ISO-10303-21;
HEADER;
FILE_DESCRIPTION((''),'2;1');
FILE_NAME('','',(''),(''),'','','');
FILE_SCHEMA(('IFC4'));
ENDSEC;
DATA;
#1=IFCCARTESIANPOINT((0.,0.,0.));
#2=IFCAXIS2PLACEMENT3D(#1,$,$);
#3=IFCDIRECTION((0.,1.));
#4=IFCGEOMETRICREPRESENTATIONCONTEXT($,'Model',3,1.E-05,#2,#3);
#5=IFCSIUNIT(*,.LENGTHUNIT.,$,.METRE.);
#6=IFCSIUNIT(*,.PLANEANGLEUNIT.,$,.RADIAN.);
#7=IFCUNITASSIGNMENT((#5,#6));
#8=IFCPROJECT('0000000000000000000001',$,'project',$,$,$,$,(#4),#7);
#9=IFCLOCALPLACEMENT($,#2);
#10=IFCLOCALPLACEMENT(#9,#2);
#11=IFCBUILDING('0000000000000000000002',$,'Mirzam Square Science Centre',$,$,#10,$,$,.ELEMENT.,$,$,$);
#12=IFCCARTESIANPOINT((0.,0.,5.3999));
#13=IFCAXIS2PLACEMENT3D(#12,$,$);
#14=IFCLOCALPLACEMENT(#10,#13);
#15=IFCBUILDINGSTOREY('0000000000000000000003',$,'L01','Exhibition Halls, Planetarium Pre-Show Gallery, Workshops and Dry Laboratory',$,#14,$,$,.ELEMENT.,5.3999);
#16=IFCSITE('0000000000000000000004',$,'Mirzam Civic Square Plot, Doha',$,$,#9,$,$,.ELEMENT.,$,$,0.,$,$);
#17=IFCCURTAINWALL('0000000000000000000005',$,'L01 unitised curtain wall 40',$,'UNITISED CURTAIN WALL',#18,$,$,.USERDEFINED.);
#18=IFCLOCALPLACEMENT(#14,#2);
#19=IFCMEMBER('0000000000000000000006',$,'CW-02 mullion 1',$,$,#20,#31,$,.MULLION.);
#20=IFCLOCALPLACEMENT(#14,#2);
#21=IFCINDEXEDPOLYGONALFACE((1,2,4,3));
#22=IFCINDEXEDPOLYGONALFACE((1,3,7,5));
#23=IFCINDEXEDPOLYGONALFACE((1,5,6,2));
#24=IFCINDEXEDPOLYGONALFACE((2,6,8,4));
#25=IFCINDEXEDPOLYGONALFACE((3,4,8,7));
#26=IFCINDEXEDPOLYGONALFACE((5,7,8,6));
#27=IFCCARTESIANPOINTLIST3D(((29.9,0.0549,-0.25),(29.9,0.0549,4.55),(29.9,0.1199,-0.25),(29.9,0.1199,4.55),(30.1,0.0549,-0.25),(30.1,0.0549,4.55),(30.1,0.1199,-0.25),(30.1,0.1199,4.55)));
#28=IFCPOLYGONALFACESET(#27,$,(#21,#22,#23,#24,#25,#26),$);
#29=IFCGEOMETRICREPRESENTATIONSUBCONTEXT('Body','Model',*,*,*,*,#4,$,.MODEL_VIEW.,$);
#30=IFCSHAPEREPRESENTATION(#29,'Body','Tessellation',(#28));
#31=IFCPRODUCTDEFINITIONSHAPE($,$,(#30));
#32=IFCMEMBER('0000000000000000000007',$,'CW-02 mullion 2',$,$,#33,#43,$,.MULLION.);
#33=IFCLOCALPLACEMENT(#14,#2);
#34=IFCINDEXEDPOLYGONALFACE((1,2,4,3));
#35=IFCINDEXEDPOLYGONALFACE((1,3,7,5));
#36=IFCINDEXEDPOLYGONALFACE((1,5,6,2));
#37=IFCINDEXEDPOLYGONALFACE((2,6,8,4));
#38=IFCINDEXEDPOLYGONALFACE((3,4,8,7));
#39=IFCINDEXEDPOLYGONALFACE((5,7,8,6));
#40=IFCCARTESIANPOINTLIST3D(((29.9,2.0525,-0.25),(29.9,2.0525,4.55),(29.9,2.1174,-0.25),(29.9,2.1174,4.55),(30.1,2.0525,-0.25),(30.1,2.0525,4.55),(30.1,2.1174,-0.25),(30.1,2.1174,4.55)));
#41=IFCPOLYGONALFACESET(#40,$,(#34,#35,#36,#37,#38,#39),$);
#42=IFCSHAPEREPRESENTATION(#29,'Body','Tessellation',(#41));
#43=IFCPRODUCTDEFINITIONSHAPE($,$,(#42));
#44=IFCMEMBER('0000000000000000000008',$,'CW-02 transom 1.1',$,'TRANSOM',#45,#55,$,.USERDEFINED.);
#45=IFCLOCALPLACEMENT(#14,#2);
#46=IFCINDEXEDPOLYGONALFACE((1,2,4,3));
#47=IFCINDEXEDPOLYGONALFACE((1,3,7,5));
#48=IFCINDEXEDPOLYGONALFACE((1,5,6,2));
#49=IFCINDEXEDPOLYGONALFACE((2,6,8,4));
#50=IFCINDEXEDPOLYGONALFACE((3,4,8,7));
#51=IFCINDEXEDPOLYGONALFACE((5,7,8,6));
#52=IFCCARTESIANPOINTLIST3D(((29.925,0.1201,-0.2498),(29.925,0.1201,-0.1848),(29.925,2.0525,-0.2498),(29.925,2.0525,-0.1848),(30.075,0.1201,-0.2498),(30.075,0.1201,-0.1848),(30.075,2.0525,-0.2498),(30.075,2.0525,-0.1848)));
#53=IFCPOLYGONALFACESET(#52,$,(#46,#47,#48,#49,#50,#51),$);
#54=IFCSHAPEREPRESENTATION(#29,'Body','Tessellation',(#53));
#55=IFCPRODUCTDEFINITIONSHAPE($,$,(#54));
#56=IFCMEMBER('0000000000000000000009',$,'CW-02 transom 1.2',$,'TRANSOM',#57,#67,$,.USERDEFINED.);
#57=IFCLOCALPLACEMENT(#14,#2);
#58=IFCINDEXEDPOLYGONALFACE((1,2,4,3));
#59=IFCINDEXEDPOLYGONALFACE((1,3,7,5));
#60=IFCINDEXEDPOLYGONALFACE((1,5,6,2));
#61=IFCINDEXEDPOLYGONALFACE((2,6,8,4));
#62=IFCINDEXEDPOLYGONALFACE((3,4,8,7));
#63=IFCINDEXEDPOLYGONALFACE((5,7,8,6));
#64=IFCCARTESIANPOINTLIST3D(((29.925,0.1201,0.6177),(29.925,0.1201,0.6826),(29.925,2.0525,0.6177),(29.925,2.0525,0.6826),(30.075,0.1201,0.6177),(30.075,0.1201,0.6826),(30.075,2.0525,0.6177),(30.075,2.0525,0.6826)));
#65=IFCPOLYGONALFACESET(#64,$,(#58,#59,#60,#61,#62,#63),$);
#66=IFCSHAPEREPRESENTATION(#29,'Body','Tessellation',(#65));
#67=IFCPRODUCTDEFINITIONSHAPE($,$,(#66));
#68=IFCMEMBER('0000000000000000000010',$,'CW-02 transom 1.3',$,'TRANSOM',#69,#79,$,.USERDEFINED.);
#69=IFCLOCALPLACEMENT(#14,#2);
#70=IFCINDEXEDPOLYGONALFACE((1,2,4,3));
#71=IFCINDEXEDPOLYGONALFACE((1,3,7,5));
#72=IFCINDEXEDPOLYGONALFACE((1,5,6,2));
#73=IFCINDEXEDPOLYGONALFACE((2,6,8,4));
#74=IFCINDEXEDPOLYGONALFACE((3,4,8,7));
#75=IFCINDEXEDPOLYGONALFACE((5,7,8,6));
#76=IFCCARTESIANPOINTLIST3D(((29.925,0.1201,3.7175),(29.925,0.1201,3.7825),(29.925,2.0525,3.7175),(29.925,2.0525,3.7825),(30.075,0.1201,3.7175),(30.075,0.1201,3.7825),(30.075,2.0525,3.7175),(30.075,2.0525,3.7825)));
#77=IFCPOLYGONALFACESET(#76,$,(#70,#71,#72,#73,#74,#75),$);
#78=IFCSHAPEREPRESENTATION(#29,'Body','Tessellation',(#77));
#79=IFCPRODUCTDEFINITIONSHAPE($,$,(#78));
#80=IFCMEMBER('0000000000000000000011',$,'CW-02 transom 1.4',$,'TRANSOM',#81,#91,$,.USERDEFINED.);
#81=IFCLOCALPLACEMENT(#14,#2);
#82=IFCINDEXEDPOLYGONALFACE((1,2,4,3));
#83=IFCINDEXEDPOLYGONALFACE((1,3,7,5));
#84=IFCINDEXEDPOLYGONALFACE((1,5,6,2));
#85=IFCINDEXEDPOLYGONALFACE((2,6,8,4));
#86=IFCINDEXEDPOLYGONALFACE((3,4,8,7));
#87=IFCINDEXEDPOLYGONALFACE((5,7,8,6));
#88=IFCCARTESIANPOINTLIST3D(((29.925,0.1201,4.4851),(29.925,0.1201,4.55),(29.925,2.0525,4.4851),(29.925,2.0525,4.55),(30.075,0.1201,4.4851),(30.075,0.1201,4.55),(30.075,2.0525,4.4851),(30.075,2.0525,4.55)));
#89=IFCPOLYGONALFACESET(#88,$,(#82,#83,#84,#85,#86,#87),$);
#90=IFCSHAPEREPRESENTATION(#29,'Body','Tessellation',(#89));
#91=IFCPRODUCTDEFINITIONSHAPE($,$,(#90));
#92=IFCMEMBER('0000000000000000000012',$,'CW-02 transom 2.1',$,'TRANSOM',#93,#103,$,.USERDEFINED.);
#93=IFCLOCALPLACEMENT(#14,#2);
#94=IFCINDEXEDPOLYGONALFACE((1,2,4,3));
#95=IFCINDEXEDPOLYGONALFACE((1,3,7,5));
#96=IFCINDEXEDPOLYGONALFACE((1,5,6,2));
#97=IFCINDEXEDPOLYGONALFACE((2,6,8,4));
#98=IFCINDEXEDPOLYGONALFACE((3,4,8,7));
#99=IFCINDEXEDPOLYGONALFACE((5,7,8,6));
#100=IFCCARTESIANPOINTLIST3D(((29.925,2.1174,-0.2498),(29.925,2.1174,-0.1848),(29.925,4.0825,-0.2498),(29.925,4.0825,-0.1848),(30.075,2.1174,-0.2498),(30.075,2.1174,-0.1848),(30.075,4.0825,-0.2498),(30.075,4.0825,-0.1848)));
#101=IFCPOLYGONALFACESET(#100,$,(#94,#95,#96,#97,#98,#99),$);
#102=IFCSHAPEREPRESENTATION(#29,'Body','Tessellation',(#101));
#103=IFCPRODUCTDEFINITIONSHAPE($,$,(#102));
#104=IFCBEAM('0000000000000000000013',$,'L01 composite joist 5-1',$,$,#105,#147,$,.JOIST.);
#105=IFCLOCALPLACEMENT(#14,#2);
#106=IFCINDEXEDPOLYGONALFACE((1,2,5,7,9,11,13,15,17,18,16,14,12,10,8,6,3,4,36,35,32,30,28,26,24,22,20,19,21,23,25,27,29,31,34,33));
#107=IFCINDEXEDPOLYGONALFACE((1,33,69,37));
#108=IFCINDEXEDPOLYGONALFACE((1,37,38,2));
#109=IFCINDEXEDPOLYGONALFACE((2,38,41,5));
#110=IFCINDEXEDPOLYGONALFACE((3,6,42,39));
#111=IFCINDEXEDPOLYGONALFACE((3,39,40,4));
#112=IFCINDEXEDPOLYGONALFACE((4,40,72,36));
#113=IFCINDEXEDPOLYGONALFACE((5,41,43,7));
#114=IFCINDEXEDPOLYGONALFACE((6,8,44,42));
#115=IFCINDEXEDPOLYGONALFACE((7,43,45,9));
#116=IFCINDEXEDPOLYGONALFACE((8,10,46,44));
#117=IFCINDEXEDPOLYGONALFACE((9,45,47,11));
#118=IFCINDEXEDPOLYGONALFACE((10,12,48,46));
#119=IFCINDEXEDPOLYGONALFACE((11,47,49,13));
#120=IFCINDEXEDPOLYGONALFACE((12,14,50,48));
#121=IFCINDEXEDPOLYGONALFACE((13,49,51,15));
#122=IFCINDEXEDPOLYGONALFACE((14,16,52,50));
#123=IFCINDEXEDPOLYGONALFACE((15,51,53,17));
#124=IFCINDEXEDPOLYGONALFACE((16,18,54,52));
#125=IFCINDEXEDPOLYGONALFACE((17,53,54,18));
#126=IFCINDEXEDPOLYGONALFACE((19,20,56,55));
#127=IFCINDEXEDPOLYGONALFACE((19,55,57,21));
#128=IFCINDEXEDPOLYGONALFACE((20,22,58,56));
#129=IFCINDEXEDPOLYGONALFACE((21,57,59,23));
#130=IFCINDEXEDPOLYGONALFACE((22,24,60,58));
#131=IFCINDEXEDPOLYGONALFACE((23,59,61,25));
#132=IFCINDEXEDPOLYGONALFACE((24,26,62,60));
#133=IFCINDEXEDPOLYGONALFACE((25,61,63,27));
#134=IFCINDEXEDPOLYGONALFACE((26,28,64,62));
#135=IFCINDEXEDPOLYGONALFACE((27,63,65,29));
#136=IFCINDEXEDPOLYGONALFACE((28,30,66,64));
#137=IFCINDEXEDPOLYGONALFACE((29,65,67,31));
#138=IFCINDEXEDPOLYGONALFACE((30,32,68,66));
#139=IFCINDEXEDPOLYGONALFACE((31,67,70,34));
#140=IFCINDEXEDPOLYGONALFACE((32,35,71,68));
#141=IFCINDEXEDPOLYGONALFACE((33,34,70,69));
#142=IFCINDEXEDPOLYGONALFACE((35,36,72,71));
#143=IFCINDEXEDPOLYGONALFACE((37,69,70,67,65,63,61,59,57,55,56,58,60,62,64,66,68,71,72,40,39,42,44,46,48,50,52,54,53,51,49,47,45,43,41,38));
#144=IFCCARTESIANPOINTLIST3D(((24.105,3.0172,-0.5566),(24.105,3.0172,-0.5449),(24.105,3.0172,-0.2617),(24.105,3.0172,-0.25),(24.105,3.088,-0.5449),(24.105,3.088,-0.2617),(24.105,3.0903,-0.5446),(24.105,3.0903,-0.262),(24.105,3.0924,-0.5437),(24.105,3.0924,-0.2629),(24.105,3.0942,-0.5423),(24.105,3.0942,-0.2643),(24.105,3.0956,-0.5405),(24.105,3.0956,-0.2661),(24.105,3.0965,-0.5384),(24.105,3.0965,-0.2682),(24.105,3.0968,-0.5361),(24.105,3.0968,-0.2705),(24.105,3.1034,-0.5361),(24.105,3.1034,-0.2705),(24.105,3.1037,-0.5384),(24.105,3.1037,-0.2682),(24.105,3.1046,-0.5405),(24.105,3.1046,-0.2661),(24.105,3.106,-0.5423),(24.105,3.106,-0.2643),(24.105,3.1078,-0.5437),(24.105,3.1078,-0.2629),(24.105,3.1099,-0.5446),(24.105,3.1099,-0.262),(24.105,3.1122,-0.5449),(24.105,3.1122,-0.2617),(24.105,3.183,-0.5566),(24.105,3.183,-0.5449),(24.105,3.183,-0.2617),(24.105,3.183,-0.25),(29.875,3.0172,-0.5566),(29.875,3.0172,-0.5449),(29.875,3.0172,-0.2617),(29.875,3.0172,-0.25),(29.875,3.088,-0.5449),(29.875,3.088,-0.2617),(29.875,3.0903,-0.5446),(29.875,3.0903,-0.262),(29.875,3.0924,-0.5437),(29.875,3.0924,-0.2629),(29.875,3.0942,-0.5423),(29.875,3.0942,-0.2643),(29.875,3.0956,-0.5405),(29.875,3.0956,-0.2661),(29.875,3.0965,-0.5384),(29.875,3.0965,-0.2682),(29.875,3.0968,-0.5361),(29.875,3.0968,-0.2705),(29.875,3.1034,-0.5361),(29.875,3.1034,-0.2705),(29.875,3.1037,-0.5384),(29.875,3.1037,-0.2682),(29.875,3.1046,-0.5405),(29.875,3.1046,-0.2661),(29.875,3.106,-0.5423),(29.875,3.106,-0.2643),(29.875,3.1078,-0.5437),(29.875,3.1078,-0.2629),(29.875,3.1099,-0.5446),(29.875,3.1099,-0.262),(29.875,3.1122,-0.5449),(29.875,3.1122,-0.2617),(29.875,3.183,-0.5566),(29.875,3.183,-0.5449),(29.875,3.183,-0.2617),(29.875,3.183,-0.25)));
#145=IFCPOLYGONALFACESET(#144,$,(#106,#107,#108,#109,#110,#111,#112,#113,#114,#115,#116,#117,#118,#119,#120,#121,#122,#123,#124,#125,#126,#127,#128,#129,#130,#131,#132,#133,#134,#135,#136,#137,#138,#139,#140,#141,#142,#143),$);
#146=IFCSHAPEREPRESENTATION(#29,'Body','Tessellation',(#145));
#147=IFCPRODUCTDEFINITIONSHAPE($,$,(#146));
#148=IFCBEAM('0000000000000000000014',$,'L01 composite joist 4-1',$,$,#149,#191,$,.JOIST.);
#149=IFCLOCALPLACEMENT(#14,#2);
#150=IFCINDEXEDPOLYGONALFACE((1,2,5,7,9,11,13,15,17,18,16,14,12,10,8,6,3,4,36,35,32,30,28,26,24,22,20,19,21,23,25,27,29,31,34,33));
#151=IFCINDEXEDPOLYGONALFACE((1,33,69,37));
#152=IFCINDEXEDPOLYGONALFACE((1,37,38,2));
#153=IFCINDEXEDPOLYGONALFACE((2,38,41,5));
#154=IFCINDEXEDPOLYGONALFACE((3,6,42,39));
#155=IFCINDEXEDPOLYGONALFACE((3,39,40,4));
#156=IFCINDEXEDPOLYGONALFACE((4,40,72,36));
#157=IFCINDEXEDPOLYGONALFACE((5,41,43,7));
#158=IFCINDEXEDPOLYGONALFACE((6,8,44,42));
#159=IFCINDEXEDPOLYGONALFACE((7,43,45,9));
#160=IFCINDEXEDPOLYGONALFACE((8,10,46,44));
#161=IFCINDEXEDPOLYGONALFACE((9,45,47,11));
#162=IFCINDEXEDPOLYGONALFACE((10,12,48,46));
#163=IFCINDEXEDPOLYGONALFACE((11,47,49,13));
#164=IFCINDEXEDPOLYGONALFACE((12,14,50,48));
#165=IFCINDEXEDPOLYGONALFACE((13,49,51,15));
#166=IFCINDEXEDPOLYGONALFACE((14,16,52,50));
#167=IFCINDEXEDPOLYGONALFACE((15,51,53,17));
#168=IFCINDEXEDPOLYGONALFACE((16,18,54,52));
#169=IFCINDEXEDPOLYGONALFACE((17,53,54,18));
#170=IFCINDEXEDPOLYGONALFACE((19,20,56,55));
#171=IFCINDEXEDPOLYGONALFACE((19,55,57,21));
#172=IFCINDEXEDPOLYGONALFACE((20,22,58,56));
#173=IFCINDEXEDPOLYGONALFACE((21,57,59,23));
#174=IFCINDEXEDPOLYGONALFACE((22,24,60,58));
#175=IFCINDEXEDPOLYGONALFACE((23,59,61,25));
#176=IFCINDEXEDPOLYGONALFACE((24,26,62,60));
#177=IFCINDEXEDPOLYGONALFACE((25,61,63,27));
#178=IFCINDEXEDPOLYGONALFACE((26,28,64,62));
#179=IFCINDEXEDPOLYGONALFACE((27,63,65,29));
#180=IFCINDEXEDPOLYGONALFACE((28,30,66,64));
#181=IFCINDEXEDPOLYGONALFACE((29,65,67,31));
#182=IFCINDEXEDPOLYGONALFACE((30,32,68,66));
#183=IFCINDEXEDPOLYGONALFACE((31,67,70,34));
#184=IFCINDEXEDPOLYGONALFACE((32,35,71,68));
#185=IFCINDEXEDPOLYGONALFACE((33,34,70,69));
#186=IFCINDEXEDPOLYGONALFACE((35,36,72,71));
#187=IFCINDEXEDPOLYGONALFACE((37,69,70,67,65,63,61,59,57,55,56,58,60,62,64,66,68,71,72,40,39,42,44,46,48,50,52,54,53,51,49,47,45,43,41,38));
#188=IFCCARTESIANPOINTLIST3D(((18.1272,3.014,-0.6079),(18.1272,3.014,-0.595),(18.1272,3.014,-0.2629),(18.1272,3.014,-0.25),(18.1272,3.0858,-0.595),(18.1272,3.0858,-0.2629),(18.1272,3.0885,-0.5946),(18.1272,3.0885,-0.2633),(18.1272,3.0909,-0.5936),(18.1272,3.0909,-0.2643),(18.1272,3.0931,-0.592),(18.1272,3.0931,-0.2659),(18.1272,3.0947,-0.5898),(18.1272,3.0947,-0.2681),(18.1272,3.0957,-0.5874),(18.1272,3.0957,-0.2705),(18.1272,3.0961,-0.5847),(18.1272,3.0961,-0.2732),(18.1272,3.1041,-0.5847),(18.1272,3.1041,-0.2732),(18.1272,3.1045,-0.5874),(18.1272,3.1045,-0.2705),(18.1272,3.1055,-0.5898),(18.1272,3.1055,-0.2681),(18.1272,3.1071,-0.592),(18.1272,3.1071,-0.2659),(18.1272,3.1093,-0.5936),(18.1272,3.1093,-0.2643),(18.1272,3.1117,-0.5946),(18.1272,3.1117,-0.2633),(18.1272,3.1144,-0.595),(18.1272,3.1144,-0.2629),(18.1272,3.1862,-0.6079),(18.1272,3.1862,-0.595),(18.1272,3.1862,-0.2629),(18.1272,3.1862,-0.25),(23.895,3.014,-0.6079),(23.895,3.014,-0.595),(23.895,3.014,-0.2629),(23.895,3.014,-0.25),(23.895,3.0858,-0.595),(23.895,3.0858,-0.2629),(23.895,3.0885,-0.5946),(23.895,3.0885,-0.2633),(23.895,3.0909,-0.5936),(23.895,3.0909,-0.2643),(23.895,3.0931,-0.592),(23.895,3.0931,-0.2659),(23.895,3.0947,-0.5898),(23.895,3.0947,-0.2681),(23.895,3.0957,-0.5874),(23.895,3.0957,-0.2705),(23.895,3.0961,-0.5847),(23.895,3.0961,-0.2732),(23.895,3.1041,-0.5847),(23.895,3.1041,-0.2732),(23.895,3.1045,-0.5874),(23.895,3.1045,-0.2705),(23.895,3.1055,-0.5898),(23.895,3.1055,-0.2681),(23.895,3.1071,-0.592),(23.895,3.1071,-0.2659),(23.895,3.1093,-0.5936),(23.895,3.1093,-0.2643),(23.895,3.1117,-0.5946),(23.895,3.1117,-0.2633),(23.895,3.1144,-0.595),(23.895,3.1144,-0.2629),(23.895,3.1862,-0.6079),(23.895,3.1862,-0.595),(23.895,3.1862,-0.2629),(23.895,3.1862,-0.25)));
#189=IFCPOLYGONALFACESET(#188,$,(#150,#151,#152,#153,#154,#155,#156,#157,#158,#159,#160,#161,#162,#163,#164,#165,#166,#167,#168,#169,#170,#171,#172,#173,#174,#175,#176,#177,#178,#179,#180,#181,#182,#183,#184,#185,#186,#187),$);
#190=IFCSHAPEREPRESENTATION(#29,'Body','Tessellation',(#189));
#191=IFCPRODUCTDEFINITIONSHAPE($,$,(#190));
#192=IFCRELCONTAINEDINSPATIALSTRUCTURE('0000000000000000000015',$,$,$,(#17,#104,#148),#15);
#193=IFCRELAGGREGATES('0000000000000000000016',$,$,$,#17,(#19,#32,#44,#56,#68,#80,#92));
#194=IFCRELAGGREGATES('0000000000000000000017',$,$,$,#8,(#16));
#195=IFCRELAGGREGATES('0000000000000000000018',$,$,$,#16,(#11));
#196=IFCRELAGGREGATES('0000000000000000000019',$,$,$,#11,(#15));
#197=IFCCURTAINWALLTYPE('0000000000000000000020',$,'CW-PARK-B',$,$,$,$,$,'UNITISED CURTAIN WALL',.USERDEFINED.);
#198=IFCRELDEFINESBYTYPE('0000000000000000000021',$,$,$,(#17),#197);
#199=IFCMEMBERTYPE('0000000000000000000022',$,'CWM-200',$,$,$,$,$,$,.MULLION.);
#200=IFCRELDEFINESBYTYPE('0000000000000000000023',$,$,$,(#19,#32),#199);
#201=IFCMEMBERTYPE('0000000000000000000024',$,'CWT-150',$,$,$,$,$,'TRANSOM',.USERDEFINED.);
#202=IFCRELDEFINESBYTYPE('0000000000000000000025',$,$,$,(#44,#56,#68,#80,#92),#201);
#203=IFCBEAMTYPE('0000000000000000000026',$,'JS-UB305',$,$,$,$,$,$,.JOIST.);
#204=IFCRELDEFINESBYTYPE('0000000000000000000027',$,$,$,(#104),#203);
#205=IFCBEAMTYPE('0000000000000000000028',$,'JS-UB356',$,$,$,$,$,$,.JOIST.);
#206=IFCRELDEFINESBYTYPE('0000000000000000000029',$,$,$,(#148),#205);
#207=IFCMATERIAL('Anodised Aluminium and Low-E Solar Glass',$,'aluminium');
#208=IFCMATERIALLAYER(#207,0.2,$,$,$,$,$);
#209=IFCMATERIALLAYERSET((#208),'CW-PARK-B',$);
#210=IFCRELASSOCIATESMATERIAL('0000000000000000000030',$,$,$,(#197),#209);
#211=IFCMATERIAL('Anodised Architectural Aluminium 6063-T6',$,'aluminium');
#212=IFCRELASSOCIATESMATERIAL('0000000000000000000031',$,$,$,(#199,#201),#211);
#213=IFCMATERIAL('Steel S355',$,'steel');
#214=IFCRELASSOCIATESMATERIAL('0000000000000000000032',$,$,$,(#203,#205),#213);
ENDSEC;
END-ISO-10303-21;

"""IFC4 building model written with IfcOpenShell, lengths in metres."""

from ifc_helpers import new_model, si_unit, direction, frame, origin, origin_2d, place, context, subcontext, project, spatial, rectangle, i_section, extrude, material, layer, layer_set, material_profile, profile_set, type_object, element, aggregate, save


model = new_model("IFC4")

# Units and contexts
model_context = context("Model", 3, precision=1e-05, world=origin(), true_north=direction((0.0, 1.0)))
body_context = subcontext(model_context, "Body", "Model", "MODEL_VIEW")
ifc_project = project(units=[si_unit("LENGTHUNIT", "METRE"), si_unit("PLANEANGLEUNIT", "RADIAN")], contexts=[model_context])

# Site, building, storey
site_placement = place(None, origin())
site = spatial("IfcSite", under=ifc_project, at=site_placement, Name="Mirzam Civic Square Plot, Doha", CompositionType="ELEMENT", RefElevation=0.0)
building_placement = place(site_placement, origin())
building = spatial("IfcBuilding", under=site, at=building_placement, Name="Mirzam Square Science Centre", CompositionType="ELEMENT")
storey_placement = place(building_placement, frame((0.0, 0.0, 5.3999)))
storey = spatial("IfcBuildingStorey", under=building, at=storey_placement, Name="L01", Description="Exhibition Halls, Planetarium Pre-Show Gallery, Workshops and Dry Laboratory", CompositionType="ELEMENT", Elevation=5.3999)

# Shared definitions
ifc_material_1 = material(Name="Steel S355", Category="steel")

# Curtain wall, members
ifc_material_2 = material(Name="Anodised Aluminium and Low-E Solar Glass", Category="aluminium")
ifc_layer_1 = layer(ifc_material_2, 0.2)
ifc_layer_set_1 = layer_set([ifc_layer_1], Name="CW-PARK-B")
curtain_wall_type = type_object("IfcCurtainWallType", Name="CW-PARK-B", ElementType="UNITISED CURTAIN WALL", PredefinedType="USERDEFINED", material=ifc_layer_set_1)
curtain_wall_placement = place(storey_placement, origin())
curtain_wall = element("IfcCurtainWall", 1, at=curtain_wall_placement, inside=storey, type_object=curtain_wall_type, Name="L01 unitised curtain wall 40", ObjectType="UNITISED CURTAIN WALL", PredefinedType="USERDEFINED")
ifc_material_3 = material(Name="Anodised Architectural Aluminium 6063-T6", Category="aluminium")
ifc_material_profile_1 = material_profile(ifc_material_3, rectangle(XDim=0.0649, YDim=0.2, at=origin_2d()), Name="ALU-MULL-200x65x5")
ifc_profile_set_1 = profile_set([ifc_material_profile_1], Name="Anodised Architectural Aluminium 6063-T6")
member_type_1 = type_object("IfcMemberType", Name="CWM-200", PredefinedType="MULLION", material=ifc_profile_set_1)
member_1_placement = place(storey_placement, frame((30.0, 0.0874, -0.25), z_axis=(0.0, 0.0, 1.0), x_axis=(0.0, 1.0, 0.0)))
member_1 = element("IfcMember", 2, at=member_1_placement, type_object=member_type_1, Name="CW-02 mullion 1", PredefinedType="MULLION", context=body_context, shape_type="SweptSolid", body=[
    extrude(rectangle(XDim=0.0649, YDim=0.2, at=origin_2d()), origin(), (0.0, 0.0, 1.0), 4.8),
])
member_2_placement = place(storey_placement, frame((30.0, 2.085, -0.25), z_axis=(0.0, 0.0, 1.0), x_axis=(0.0, 1.0, 0.0)))
member_2 = element("IfcMember", 3, at=member_2_placement, type_object=member_type_1, Name="CW-02 mullion 2", PredefinedType="MULLION", context=body_context, shape_type="SweptSolid", body=[
    extrude(rectangle(XDim=0.0649, YDim=0.2, at=origin_2d()), origin(), (0.0, 0.0, 1.0), 4.8),
])
ifc_material_profile_2 = material_profile(ifc_material_3, rectangle(XDim=0.1499, YDim=0.0649, at=origin_2d()), Name="ALU-TRAN-150x65x4")
ifc_profile_set_2 = profile_set([ifc_material_profile_2], Name="Anodised Architectural Aluminium 6063-T6")
member_type_2 = type_object("IfcMemberType", Name="CWT-150", ElementType="TRANSOM", PredefinedType="USERDEFINED", material=ifc_profile_set_2)
member_3_placement = place(storey_placement, frame((30.0, 0.1201, -0.2173), z_axis=(0.0, 1.0, 0.0), x_axis=(-1.0, 0.0, 0.0)))
member_3 = element("IfcMember", 4, at=member_3_placement, type_object=member_type_2, Name="CW-02 transom 1.1", ObjectType="TRANSOM", PredefinedType="USERDEFINED", context=body_context, shape_type="SweptSolid", body=[
    extrude(rectangle(XDim=0.1499, YDim=0.0649, at=origin_2d()), origin(), (0.0, 0.0, 1.0), 1.9324),
])
member_4_placement = place(storey_placement, frame((30.0, 0.1201, 0.6501), z_axis=(0.0, 1.0, 0.0), x_axis=(-1.0, 0.0, 0.0)))
member_4 = element("IfcMember", 5, at=member_4_placement, type_object=member_type_2, Name="CW-02 transom 1.2", ObjectType="TRANSOM", PredefinedType="USERDEFINED", context=body_context, shape_type="SweptSolid", body=[
    extrude(rectangle(XDim=0.1499, YDim=0.0649, at=origin_2d()), origin(), (0.0, 0.0, 1.0), 1.9324),
])
member_5_placement = place(storey_placement, frame((30.0, 0.1201, 3.75), z_axis=(0.0, 1.0, 0.0), x_axis=(-1.0, 0.0, 0.0)))
member_5 = element("IfcMember", 6, at=member_5_placement, type_object=member_type_2, Name="CW-02 transom 1.3", ObjectType="TRANSOM", PredefinedType="USERDEFINED", context=body_context, shape_type="SweptSolid", body=[
    extrude(rectangle(XDim=0.1499, YDim=0.0649, at=origin_2d()), origin(), (0.0, 0.0, 1.0), 1.9324),
])
member_6_placement = place(storey_placement, frame((30.0, 0.1201, 4.5176), z_axis=(0.0, 1.0, 0.0), x_axis=(-1.0, 0.0, 0.0)))
member_6 = element("IfcMember", 7, at=member_6_placement, type_object=member_type_2, Name="CW-02 transom 1.4", ObjectType="TRANSOM", PredefinedType="USERDEFINED", context=body_context, shape_type="SweptSolid", body=[
    extrude(rectangle(XDim=0.1499, YDim=0.0649, at=origin_2d()), origin(), (0.0, 0.0, 1.0), 1.9324),
])
member_7_placement = place(storey_placement, frame((30.0, 2.1174, -0.2173), z_axis=(0.0, 1.0, 0.0), x_axis=(-1.0, 0.0, 0.0)))
member_7 = element("IfcMember", 8, at=member_7_placement, type_object=member_type_2, Name="CW-02 transom 2.1", ObjectType="TRANSOM", PredefinedType="USERDEFINED", context=body_context, shape_type="SweptSolid", body=[
    extrude(rectangle(XDim=0.1499, YDim=0.0649, at=origin_2d()), origin(), (0.0, 0.0, 1.0), 1.9651),
])

# Beams
ifc_material_profile_3 = material_profile(ifc_material_1, i_section(OverallWidth=0.1658, OverallDepth=0.3066, WebThickness=0.0066, FlangeThickness=0.0117, FilletRadius=0.0088, at=origin_2d()), Name="305x165x46UB")
ifc_profile_set_3 = profile_set([ifc_material_profile_3], Name="Steel S355")
beam_type_1 = type_object("IfcBeamType", Name="JS-UB305", PredefinedType="JOIST", material=ifc_profile_set_3)
beam_1_placement = place(storey_placement, frame((24.105, 3.1001, -0.4033), z_axis=(1.0, 0.0, 0.0), x_axis=(0.0, 1.0, 0.0)))
element("IfcBeam", 9, at=beam_1_placement, inside=storey, type_object=beam_type_1, Name="L01 composite joist 5-1", PredefinedType="JOIST", context=body_context, shape_type="SweptSolid", body=[
    extrude(i_section(OverallWidth=0.1658, OverallDepth=0.3066, WebThickness=0.0066, FlangeThickness=0.0117, FilletRadius=0.0088, at=origin_2d()), origin(), (0.0, 0.0, 1.0), 5.77),
])
ifc_material_profile_4 = material_profile(ifc_material_1, i_section(OverallWidth=0.1721, OverallDepth=0.3579, WebThickness=0.0081, FlangeThickness=0.0129, FilletRadius=0.0103, at=origin_2d()), Name="356x171x57UB")
ifc_profile_set_4 = profile_set([ifc_material_profile_4], Name="Steel S355")
beam_type_2 = type_object("IfcBeamType", Name="JS-UB356", PredefinedType="JOIST", material=ifc_profile_set_4)
beam_2_placement = place(storey_placement, frame((18.1272, 3.1001, -0.429), z_axis=(1.0, 0.0, 0.0), x_axis=(0.0, 1.0, 0.0)))
element("IfcBeam", 10, at=beam_2_placement, inside=storey, type_object=beam_type_2, Name="L01 composite joist 4-1", PredefinedType="JOIST", context=body_context, shape_type="SweptSolid", body=[
    extrude(i_section(OverallWidth=0.1721, OverallDepth=0.3579, WebThickness=0.0081, FlangeThickness=0.0129, FilletRadius=0.0103, at=origin_2d()), origin(), (0.0, 0.0, 1.0), 5.7678),
])

aggregate(curtain_wall, [member_1, member_2, member_3, member_4, member_5, member_6, member_7])

save(model, "model.ifc")
